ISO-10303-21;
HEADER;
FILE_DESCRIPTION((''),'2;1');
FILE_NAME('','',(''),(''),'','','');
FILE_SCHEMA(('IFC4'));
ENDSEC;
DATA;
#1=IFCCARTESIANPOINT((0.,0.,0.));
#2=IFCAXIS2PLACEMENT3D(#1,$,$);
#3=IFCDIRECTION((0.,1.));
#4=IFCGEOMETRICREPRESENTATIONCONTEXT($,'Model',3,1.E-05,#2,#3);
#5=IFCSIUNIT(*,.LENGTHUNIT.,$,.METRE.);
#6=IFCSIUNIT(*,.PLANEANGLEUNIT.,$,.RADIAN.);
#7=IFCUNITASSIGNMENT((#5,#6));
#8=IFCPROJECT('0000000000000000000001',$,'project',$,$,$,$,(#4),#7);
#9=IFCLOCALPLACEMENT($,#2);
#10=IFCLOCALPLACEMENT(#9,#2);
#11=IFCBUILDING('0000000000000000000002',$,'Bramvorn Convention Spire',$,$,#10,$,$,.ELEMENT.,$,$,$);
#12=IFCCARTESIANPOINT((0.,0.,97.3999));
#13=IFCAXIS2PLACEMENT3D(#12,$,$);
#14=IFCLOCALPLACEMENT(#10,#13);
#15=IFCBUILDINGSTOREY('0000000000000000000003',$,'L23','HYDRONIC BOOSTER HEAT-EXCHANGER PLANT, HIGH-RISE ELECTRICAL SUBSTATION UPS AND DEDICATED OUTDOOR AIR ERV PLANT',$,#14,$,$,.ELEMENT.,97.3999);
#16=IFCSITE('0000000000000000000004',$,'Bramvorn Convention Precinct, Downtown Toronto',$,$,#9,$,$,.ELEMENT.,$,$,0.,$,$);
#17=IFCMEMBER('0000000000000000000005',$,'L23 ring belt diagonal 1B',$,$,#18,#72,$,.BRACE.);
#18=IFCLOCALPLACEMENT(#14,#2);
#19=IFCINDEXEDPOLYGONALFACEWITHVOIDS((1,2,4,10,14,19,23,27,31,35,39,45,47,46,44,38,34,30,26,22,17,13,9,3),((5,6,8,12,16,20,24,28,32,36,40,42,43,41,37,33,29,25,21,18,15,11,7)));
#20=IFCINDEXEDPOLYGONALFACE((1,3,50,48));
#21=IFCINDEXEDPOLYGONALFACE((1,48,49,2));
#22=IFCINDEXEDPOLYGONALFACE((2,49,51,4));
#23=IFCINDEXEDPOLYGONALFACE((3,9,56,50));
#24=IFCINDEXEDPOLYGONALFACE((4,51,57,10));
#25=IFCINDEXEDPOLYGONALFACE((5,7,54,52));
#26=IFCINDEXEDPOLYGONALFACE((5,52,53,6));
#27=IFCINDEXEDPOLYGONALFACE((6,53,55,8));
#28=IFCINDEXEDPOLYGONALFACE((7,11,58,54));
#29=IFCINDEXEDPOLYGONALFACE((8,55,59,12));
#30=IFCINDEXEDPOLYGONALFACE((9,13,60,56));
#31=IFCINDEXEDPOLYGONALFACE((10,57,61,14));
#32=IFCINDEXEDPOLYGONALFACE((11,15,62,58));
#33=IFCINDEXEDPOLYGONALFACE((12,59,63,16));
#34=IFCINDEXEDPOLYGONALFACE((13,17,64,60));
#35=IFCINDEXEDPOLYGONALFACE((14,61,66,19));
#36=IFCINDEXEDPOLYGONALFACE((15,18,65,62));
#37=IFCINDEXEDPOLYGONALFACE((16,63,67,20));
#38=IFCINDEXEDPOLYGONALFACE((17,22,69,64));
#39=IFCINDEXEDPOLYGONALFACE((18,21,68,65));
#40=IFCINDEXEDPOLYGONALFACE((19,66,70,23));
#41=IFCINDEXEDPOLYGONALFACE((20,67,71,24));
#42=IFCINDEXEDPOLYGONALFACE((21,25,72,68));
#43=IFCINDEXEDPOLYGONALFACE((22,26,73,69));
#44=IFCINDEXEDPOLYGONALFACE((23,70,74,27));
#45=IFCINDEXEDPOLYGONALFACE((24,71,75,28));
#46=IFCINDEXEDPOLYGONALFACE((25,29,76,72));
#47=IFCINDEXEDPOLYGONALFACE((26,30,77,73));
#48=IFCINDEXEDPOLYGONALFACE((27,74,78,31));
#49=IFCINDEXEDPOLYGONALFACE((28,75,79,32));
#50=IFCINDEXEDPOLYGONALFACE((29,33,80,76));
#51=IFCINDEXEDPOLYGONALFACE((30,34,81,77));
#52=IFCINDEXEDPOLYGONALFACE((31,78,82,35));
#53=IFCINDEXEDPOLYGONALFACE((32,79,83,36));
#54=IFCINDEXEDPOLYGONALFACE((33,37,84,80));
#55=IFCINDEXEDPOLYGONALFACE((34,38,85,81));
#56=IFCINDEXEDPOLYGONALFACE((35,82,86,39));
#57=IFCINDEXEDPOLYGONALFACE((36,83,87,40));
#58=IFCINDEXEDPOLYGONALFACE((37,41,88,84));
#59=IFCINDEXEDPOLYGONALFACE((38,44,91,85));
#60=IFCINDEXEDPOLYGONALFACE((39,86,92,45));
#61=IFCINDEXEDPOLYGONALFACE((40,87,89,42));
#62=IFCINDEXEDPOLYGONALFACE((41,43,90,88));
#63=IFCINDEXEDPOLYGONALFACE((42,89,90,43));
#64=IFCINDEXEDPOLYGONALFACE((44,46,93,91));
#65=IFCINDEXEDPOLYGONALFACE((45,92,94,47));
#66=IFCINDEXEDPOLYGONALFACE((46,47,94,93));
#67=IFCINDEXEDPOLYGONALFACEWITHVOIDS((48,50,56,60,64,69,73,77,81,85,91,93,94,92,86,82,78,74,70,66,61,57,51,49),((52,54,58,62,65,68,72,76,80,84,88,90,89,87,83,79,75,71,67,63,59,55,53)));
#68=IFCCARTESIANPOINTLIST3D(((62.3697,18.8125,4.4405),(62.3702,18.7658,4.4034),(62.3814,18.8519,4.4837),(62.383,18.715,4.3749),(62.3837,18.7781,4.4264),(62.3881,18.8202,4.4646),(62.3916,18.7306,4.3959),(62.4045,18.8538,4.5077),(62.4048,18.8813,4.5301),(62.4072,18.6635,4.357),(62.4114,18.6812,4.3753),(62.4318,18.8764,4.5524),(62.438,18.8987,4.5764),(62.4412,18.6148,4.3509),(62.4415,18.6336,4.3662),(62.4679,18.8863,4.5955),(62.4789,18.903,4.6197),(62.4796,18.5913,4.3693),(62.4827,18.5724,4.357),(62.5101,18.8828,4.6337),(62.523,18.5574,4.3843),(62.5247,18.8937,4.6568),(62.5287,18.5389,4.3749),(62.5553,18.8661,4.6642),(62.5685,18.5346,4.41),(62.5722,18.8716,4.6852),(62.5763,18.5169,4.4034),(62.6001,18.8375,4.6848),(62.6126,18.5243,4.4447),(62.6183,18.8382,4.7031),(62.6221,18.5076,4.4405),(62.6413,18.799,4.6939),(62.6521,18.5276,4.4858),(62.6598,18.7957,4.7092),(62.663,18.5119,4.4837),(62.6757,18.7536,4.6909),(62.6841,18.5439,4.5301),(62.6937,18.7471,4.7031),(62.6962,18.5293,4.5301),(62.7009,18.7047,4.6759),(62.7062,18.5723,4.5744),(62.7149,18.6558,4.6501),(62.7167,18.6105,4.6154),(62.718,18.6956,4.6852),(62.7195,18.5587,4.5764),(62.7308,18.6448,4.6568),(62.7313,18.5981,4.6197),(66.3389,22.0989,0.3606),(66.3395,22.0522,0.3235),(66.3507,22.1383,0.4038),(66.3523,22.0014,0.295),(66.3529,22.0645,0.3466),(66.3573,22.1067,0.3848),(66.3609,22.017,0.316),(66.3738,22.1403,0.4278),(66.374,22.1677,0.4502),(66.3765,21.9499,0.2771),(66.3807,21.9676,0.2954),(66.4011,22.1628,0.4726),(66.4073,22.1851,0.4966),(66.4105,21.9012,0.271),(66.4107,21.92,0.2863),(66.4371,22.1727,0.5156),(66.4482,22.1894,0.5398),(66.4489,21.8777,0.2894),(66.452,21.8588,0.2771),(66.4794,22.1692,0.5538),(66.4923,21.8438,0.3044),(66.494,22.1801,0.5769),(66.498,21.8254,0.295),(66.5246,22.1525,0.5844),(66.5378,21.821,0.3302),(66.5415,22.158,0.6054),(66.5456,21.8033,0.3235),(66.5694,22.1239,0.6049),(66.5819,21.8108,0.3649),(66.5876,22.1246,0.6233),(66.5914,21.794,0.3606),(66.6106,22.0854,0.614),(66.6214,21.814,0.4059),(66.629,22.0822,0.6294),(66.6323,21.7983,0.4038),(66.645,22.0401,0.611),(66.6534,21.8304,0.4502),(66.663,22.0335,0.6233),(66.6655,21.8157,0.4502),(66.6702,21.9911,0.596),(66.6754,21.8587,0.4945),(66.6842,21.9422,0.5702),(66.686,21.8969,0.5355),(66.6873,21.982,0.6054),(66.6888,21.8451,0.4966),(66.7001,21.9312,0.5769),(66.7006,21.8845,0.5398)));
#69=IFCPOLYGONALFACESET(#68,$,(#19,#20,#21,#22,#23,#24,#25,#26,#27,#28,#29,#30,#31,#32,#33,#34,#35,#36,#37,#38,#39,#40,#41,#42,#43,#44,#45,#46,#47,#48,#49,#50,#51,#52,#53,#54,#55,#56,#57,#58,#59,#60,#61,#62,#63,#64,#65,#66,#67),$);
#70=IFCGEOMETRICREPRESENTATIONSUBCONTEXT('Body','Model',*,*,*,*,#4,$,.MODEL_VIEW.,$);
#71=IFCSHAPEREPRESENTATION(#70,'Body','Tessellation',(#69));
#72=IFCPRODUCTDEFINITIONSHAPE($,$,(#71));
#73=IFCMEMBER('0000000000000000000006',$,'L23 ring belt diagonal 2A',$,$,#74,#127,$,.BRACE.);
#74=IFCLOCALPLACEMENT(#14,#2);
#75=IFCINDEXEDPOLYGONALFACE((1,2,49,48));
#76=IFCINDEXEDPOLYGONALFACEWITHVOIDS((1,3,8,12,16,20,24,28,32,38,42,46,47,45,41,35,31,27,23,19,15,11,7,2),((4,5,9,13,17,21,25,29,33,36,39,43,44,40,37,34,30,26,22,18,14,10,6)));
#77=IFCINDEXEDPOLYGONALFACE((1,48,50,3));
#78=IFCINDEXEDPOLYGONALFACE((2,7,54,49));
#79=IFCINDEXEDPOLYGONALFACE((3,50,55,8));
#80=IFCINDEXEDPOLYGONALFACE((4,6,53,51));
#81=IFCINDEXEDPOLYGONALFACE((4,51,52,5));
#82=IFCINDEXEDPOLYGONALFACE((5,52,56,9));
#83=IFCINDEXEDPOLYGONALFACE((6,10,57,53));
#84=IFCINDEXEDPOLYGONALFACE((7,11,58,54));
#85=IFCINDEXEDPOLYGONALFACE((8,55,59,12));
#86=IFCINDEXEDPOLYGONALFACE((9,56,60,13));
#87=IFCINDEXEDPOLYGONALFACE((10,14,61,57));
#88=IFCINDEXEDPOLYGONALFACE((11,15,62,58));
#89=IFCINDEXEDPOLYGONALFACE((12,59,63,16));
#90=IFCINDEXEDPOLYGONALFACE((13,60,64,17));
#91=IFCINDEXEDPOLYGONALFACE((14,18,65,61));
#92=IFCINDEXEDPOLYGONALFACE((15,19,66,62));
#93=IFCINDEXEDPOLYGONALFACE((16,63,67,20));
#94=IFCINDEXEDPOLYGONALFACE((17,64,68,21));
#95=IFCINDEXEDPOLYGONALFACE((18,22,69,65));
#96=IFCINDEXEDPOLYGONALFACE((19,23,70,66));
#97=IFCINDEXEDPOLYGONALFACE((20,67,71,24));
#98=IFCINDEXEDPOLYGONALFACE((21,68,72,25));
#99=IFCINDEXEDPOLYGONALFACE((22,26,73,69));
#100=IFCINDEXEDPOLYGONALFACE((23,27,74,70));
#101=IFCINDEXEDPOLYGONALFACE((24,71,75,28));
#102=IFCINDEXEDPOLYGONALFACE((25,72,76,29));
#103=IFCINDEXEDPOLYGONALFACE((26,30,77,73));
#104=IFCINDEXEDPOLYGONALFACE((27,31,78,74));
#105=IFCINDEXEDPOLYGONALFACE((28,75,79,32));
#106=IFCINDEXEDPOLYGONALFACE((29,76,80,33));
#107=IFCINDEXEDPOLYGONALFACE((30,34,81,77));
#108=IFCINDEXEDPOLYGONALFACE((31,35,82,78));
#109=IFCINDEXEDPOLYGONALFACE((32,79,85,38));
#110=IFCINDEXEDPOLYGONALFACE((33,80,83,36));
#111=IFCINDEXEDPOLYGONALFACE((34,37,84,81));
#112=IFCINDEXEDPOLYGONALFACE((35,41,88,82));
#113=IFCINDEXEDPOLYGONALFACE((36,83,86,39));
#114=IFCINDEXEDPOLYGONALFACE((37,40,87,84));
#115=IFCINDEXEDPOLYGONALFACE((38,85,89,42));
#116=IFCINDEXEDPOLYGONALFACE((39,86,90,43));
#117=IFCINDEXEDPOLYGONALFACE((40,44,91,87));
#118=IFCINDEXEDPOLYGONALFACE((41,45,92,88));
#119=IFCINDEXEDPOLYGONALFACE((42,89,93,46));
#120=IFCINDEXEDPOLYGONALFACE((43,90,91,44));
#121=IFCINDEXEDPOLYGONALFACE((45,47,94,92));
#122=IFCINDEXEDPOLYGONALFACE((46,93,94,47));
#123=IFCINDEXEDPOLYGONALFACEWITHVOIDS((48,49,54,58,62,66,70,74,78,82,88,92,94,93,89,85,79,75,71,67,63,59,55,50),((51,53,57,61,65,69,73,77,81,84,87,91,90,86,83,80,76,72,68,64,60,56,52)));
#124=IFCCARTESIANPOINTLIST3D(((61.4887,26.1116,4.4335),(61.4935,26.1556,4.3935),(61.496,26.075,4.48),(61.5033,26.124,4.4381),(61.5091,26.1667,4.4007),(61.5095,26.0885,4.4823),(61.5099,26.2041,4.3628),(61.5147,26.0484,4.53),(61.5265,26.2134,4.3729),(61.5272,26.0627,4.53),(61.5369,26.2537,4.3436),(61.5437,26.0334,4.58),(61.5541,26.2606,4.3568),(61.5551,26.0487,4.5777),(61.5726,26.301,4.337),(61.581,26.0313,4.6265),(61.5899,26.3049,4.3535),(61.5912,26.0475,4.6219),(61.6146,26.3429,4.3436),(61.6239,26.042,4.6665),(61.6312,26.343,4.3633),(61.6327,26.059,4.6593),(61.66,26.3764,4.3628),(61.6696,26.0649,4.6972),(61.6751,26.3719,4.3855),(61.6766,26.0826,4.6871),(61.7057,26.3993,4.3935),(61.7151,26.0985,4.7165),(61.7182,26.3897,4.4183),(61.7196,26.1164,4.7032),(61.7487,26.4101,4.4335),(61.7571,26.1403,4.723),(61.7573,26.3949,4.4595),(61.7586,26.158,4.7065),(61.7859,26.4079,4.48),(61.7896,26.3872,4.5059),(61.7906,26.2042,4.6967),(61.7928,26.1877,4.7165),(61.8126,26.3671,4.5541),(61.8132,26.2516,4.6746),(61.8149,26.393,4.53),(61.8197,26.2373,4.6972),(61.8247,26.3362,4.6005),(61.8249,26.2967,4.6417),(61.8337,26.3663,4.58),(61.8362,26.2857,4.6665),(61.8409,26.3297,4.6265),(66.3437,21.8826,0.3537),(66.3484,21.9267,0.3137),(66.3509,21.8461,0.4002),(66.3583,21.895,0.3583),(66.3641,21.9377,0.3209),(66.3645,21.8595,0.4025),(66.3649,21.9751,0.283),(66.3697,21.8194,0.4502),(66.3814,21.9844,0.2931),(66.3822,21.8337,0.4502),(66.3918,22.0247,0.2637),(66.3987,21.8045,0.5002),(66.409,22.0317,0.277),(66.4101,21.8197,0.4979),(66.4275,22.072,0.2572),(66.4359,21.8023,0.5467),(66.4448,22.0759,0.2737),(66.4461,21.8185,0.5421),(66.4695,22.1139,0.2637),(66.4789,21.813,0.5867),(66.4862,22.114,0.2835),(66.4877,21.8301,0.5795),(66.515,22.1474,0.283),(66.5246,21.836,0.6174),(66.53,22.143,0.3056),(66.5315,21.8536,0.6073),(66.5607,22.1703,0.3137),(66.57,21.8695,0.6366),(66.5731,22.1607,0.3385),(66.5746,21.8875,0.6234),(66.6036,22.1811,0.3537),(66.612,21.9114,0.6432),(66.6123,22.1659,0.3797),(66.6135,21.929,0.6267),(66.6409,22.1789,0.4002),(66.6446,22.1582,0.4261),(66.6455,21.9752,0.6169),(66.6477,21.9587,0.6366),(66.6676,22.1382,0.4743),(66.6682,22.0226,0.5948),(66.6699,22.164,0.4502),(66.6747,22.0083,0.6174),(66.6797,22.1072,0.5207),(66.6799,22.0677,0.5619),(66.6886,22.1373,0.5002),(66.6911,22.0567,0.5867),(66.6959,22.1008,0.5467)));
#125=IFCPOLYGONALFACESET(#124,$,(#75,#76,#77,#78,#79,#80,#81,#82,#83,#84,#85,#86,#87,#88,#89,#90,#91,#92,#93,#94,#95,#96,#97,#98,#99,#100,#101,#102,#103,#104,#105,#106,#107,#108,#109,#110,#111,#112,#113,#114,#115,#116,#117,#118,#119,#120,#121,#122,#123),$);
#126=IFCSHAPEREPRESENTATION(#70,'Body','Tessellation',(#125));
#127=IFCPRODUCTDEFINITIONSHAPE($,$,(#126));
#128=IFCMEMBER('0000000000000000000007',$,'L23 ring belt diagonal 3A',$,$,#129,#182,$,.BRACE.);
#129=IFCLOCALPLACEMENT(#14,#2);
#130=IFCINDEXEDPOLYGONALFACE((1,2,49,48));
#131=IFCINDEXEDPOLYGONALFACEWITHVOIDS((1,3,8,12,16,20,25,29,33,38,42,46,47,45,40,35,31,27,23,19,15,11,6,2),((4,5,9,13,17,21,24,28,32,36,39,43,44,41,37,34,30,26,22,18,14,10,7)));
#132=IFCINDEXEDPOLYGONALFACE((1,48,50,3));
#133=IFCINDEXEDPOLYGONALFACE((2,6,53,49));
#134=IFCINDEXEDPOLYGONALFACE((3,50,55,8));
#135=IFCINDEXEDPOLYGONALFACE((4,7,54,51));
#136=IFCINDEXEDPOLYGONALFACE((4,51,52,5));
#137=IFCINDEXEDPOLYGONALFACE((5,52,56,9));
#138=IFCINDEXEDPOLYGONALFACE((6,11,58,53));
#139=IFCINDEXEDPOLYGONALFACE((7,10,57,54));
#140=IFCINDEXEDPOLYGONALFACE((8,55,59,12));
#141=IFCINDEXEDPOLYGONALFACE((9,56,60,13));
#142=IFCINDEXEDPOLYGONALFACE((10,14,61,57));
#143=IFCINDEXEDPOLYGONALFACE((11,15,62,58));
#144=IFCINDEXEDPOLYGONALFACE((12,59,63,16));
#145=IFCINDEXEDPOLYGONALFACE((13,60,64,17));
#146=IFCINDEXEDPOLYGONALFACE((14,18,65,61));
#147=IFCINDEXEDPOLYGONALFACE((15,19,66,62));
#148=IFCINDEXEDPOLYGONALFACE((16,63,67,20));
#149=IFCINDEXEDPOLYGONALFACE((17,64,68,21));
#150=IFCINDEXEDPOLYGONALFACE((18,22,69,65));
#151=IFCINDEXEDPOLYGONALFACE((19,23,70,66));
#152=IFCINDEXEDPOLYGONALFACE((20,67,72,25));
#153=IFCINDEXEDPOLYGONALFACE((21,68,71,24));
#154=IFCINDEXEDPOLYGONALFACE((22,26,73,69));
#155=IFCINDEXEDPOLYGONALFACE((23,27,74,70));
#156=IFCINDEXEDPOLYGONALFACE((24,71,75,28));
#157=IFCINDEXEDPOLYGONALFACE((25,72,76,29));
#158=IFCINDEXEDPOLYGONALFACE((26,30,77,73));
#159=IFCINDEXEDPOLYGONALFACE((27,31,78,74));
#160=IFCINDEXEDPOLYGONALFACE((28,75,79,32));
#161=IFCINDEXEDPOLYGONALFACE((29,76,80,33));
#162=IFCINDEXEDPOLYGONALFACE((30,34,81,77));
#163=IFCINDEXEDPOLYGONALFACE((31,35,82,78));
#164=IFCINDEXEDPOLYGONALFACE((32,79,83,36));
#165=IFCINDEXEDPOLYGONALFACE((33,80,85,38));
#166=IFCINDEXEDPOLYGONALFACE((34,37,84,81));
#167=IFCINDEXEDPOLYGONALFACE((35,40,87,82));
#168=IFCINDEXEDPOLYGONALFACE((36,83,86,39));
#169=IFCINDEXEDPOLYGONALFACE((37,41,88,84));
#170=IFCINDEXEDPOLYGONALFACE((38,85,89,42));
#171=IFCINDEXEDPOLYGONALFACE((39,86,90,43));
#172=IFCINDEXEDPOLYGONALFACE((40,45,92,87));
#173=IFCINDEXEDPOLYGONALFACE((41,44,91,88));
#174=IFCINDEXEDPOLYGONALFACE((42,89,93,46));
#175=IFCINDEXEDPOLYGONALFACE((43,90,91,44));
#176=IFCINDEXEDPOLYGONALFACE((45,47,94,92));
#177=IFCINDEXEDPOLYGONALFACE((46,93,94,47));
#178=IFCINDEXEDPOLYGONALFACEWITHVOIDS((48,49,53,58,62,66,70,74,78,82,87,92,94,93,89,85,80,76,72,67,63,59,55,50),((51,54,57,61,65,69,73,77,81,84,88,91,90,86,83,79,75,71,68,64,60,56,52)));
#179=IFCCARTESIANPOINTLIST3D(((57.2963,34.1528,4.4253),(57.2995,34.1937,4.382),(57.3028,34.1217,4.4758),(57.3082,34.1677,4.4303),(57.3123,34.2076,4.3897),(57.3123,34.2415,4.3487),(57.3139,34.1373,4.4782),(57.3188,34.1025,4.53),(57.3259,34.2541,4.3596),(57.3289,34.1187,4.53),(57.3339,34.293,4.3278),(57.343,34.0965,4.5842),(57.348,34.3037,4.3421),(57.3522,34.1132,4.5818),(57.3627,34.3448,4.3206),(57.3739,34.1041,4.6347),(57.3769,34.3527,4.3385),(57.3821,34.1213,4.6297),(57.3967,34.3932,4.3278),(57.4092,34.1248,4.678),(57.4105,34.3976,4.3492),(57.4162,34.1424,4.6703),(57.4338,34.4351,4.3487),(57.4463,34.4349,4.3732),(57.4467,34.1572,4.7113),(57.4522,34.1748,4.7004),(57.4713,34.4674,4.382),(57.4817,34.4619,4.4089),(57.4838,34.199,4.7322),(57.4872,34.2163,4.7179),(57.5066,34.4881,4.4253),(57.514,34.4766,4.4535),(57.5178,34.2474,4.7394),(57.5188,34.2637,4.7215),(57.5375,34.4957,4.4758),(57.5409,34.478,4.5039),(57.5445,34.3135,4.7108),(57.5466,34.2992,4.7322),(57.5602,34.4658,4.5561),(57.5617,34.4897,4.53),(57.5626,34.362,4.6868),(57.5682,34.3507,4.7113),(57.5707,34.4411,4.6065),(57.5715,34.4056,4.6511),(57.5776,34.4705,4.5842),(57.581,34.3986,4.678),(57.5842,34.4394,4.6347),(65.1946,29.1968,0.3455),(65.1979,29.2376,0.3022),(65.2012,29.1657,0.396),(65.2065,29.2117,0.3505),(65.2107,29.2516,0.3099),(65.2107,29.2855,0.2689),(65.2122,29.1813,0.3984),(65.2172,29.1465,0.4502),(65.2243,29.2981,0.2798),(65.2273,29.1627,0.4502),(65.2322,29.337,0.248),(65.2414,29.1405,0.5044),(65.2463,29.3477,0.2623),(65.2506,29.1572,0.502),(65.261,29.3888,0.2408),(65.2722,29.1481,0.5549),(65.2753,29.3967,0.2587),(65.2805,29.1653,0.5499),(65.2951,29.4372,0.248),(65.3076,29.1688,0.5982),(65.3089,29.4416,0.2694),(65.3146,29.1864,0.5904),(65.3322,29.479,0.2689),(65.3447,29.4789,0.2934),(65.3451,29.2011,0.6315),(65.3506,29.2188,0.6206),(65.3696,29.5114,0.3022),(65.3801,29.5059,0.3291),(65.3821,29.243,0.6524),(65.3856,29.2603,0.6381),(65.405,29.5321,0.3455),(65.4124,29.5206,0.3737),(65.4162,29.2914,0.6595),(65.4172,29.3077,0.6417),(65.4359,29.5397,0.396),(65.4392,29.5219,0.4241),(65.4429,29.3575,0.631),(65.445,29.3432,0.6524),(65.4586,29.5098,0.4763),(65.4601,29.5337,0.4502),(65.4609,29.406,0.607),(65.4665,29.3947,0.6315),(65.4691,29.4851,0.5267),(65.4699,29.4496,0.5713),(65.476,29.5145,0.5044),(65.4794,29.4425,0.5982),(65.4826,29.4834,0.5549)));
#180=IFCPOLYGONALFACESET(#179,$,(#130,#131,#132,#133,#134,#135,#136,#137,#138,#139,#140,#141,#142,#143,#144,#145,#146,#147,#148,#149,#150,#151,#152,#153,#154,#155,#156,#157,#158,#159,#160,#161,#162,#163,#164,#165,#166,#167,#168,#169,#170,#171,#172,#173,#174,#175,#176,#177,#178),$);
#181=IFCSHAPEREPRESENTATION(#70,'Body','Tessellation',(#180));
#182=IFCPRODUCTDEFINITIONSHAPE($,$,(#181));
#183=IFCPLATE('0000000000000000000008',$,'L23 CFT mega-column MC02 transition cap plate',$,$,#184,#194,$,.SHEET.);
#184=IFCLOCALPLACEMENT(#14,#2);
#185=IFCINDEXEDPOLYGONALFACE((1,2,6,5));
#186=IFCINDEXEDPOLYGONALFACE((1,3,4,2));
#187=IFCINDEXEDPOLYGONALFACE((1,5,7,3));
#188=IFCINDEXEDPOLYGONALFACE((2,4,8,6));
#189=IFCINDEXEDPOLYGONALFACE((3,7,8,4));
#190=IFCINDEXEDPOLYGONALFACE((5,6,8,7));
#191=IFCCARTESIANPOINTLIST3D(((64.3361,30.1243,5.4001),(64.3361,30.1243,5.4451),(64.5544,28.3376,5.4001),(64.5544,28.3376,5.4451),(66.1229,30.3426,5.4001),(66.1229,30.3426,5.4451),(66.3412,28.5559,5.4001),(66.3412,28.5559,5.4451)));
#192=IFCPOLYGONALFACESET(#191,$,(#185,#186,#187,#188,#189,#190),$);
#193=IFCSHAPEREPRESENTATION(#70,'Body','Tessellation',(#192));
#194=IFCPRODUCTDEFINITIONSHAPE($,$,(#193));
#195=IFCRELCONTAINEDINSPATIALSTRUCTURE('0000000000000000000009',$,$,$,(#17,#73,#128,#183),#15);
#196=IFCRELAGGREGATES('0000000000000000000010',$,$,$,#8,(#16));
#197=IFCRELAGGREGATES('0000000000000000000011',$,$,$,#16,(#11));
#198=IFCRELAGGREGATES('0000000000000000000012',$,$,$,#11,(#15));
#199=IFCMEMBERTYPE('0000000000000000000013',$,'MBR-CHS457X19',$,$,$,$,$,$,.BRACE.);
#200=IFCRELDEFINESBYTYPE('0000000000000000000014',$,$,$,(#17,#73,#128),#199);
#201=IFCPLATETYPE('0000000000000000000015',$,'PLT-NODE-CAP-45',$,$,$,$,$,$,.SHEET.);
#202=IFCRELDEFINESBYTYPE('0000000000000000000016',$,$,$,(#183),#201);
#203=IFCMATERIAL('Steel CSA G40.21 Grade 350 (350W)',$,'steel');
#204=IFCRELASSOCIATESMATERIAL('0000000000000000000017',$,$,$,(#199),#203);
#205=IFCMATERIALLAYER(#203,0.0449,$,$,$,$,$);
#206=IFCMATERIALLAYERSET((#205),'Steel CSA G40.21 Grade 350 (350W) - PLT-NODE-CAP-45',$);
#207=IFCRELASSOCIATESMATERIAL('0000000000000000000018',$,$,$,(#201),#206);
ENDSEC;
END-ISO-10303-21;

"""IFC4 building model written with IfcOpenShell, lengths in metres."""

from ifc_helpers import new_model, si_unit, direction, frame, origin, origin_2d, place, context, subcontext, project, spatial, rectangle, hollow_circle, extrude, material, layer, layer_set, material_profile, profile_set, type_object, element, save


model = new_model("IFC4")

# Units and contexts
model_context = context("Model", 3, precision=1e-05, world=origin(), true_north=direction((0.0, 1.0)))
body_context = subcontext(model_context, "Body", "Model", "MODEL_VIEW")
ifc_project = project(units=[si_unit("LENGTHUNIT", "METRE"), si_unit("PLANEANGLEUNIT", "RADIAN")], contexts=[model_context])

# Site, building, storey
site_placement = place(None, origin())
site = spatial("IfcSite", under=ifc_project, at=site_placement, Name="Bramvorn Convention Precinct, Downtown Toronto", CompositionType="ELEMENT", RefElevation=0.0)
building_placement = place(site_placement, origin())
building = spatial("IfcBuilding", under=site, at=building_placement, Name="Bramvorn Convention Spire", CompositionType="ELEMENT")
storey_placement = place(building_placement, frame((0.0, 0.0, 97.3999)))
storey = spatial("IfcBuildingStorey", under=building, at=storey_placement, Name="L23", Description="HYDRONIC BOOSTER HEAT-EXCHANGER PLANT, HIGH-RISE ELECTRICAL SUBSTATION UPS AND DEDICATED OUTDOOR AIR ERV PLANT", CompositionType="ELEMENT", Elevation=97.3999)

# Shared definitions
ifc_material_1 = material(Name="Steel CSA G40.21 Grade 350 (350W)", Category="steel")

# Members
ifc_material_profile_1 = material_profile(ifc_material_1, hollow_circle(Radius=0.2285, WallThickness=0.019, at=origin_2d()))
ifc_profile_set_1 = profile_set([ifc_material_profile_1], Name="Steel CSA G40.21 Grade 350 (350W) - CHS457X19")
member_type_1 = type_object("IfcMemberType", Name="MBR-CHS457X19", PredefinedType="BRACE", material=ifc_profile_set_1)
member_1_placement = place(storey_placement, frame((66.5198, 21.9917, 0.4502), z_axis=(-0.603899, -0.500005, 0.620726), x_axis=(0.637739, -0.770252, 0.0)))
element("IfcMember", 1, at=member_1_placement, inside=storey, type_object=member_type_1, Name="L23 ring belt diagonal 1B", PredefinedType="BRACE", context=body_context, shape_type="SweptSolid", body=[
    extrude(hollow_circle(Radius=0.2285, WallThickness=0.019, at=origin_2d()), origin(), (0.0, 0.0, 1.0), 6.5728),
])
member_2_placement = place(storey_placement, frame((66.5198, 21.9917, 0.4502), z_axis=(-0.636939, 0.554816, 0.535246), x_axis=(-0.656822, -0.754045, 0.0)))
element("IfcMember", 2, at=member_2_placement, inside=storey, type_object=member_type_1, Name="L23 ring belt diagonal 2A", PredefinedType="BRACE", context=body_context, shape_type="SweptSolid", body=[
    extrude(hollow_circle(Radius=0.2285, WallThickness=0.019, at=origin_2d()), origin(), (0.0, 0.0, 1.0), 7.6223),
])
member_3_placement = place(storey_placement, frame((65.3386, 29.3401, 0.4502), z_axis=(-0.776026, 0.486935, 0.400846), x_axis=(-0.531504, -0.847056, 0.0)))
element("IfcMember", 3, at=member_3_placement, inside=storey, type_object=member_type_1, Name="L23 ring belt diagonal 3A", PredefinedType="BRACE", context=body_context, shape_type="SweptSolid", body=[
    extrude(hollow_circle(Radius=0.2285, WallThickness=0.019, at=origin_2d()), origin(), (0.0, 0.0, 1.0), 10.178),
])

# Plate
ifc_layer_1 = layer(ifc_material_1, 0.0449)
ifc_layer_set_1 = layer_set([ifc_layer_1], Name="Steel CSA G40.21 Grade 350 (350W) - PLT-NODE-CAP-45")
plate_type_1 = type_object("IfcPlateType", Name="PLT-NODE-CAP-45", PredefinedType="SHEET", material=ifc_layer_set_1)
plate_placement = place(storey_placement, frame((65.3386, 29.3401, 5.4001), z_axis=(0.0, 0.0, 1.0), x_axis=(0.992619, 0.121273, 0.0)))
element("IfcPlate", 4, at=plate_placement, inside=storey, type_object=plate_type_1, Name="L23 CFT mega-column MC02 transition cap plate", PredefinedType="SHEET", context=body_context, shape_type="SweptSolid", body=[
    extrude(rectangle(XDim=1.8, YDim=1.8, at=origin_2d()), origin(), (0.0, 0.0, 1.0), 0.0449),
])

save(model, "model.ifc")
